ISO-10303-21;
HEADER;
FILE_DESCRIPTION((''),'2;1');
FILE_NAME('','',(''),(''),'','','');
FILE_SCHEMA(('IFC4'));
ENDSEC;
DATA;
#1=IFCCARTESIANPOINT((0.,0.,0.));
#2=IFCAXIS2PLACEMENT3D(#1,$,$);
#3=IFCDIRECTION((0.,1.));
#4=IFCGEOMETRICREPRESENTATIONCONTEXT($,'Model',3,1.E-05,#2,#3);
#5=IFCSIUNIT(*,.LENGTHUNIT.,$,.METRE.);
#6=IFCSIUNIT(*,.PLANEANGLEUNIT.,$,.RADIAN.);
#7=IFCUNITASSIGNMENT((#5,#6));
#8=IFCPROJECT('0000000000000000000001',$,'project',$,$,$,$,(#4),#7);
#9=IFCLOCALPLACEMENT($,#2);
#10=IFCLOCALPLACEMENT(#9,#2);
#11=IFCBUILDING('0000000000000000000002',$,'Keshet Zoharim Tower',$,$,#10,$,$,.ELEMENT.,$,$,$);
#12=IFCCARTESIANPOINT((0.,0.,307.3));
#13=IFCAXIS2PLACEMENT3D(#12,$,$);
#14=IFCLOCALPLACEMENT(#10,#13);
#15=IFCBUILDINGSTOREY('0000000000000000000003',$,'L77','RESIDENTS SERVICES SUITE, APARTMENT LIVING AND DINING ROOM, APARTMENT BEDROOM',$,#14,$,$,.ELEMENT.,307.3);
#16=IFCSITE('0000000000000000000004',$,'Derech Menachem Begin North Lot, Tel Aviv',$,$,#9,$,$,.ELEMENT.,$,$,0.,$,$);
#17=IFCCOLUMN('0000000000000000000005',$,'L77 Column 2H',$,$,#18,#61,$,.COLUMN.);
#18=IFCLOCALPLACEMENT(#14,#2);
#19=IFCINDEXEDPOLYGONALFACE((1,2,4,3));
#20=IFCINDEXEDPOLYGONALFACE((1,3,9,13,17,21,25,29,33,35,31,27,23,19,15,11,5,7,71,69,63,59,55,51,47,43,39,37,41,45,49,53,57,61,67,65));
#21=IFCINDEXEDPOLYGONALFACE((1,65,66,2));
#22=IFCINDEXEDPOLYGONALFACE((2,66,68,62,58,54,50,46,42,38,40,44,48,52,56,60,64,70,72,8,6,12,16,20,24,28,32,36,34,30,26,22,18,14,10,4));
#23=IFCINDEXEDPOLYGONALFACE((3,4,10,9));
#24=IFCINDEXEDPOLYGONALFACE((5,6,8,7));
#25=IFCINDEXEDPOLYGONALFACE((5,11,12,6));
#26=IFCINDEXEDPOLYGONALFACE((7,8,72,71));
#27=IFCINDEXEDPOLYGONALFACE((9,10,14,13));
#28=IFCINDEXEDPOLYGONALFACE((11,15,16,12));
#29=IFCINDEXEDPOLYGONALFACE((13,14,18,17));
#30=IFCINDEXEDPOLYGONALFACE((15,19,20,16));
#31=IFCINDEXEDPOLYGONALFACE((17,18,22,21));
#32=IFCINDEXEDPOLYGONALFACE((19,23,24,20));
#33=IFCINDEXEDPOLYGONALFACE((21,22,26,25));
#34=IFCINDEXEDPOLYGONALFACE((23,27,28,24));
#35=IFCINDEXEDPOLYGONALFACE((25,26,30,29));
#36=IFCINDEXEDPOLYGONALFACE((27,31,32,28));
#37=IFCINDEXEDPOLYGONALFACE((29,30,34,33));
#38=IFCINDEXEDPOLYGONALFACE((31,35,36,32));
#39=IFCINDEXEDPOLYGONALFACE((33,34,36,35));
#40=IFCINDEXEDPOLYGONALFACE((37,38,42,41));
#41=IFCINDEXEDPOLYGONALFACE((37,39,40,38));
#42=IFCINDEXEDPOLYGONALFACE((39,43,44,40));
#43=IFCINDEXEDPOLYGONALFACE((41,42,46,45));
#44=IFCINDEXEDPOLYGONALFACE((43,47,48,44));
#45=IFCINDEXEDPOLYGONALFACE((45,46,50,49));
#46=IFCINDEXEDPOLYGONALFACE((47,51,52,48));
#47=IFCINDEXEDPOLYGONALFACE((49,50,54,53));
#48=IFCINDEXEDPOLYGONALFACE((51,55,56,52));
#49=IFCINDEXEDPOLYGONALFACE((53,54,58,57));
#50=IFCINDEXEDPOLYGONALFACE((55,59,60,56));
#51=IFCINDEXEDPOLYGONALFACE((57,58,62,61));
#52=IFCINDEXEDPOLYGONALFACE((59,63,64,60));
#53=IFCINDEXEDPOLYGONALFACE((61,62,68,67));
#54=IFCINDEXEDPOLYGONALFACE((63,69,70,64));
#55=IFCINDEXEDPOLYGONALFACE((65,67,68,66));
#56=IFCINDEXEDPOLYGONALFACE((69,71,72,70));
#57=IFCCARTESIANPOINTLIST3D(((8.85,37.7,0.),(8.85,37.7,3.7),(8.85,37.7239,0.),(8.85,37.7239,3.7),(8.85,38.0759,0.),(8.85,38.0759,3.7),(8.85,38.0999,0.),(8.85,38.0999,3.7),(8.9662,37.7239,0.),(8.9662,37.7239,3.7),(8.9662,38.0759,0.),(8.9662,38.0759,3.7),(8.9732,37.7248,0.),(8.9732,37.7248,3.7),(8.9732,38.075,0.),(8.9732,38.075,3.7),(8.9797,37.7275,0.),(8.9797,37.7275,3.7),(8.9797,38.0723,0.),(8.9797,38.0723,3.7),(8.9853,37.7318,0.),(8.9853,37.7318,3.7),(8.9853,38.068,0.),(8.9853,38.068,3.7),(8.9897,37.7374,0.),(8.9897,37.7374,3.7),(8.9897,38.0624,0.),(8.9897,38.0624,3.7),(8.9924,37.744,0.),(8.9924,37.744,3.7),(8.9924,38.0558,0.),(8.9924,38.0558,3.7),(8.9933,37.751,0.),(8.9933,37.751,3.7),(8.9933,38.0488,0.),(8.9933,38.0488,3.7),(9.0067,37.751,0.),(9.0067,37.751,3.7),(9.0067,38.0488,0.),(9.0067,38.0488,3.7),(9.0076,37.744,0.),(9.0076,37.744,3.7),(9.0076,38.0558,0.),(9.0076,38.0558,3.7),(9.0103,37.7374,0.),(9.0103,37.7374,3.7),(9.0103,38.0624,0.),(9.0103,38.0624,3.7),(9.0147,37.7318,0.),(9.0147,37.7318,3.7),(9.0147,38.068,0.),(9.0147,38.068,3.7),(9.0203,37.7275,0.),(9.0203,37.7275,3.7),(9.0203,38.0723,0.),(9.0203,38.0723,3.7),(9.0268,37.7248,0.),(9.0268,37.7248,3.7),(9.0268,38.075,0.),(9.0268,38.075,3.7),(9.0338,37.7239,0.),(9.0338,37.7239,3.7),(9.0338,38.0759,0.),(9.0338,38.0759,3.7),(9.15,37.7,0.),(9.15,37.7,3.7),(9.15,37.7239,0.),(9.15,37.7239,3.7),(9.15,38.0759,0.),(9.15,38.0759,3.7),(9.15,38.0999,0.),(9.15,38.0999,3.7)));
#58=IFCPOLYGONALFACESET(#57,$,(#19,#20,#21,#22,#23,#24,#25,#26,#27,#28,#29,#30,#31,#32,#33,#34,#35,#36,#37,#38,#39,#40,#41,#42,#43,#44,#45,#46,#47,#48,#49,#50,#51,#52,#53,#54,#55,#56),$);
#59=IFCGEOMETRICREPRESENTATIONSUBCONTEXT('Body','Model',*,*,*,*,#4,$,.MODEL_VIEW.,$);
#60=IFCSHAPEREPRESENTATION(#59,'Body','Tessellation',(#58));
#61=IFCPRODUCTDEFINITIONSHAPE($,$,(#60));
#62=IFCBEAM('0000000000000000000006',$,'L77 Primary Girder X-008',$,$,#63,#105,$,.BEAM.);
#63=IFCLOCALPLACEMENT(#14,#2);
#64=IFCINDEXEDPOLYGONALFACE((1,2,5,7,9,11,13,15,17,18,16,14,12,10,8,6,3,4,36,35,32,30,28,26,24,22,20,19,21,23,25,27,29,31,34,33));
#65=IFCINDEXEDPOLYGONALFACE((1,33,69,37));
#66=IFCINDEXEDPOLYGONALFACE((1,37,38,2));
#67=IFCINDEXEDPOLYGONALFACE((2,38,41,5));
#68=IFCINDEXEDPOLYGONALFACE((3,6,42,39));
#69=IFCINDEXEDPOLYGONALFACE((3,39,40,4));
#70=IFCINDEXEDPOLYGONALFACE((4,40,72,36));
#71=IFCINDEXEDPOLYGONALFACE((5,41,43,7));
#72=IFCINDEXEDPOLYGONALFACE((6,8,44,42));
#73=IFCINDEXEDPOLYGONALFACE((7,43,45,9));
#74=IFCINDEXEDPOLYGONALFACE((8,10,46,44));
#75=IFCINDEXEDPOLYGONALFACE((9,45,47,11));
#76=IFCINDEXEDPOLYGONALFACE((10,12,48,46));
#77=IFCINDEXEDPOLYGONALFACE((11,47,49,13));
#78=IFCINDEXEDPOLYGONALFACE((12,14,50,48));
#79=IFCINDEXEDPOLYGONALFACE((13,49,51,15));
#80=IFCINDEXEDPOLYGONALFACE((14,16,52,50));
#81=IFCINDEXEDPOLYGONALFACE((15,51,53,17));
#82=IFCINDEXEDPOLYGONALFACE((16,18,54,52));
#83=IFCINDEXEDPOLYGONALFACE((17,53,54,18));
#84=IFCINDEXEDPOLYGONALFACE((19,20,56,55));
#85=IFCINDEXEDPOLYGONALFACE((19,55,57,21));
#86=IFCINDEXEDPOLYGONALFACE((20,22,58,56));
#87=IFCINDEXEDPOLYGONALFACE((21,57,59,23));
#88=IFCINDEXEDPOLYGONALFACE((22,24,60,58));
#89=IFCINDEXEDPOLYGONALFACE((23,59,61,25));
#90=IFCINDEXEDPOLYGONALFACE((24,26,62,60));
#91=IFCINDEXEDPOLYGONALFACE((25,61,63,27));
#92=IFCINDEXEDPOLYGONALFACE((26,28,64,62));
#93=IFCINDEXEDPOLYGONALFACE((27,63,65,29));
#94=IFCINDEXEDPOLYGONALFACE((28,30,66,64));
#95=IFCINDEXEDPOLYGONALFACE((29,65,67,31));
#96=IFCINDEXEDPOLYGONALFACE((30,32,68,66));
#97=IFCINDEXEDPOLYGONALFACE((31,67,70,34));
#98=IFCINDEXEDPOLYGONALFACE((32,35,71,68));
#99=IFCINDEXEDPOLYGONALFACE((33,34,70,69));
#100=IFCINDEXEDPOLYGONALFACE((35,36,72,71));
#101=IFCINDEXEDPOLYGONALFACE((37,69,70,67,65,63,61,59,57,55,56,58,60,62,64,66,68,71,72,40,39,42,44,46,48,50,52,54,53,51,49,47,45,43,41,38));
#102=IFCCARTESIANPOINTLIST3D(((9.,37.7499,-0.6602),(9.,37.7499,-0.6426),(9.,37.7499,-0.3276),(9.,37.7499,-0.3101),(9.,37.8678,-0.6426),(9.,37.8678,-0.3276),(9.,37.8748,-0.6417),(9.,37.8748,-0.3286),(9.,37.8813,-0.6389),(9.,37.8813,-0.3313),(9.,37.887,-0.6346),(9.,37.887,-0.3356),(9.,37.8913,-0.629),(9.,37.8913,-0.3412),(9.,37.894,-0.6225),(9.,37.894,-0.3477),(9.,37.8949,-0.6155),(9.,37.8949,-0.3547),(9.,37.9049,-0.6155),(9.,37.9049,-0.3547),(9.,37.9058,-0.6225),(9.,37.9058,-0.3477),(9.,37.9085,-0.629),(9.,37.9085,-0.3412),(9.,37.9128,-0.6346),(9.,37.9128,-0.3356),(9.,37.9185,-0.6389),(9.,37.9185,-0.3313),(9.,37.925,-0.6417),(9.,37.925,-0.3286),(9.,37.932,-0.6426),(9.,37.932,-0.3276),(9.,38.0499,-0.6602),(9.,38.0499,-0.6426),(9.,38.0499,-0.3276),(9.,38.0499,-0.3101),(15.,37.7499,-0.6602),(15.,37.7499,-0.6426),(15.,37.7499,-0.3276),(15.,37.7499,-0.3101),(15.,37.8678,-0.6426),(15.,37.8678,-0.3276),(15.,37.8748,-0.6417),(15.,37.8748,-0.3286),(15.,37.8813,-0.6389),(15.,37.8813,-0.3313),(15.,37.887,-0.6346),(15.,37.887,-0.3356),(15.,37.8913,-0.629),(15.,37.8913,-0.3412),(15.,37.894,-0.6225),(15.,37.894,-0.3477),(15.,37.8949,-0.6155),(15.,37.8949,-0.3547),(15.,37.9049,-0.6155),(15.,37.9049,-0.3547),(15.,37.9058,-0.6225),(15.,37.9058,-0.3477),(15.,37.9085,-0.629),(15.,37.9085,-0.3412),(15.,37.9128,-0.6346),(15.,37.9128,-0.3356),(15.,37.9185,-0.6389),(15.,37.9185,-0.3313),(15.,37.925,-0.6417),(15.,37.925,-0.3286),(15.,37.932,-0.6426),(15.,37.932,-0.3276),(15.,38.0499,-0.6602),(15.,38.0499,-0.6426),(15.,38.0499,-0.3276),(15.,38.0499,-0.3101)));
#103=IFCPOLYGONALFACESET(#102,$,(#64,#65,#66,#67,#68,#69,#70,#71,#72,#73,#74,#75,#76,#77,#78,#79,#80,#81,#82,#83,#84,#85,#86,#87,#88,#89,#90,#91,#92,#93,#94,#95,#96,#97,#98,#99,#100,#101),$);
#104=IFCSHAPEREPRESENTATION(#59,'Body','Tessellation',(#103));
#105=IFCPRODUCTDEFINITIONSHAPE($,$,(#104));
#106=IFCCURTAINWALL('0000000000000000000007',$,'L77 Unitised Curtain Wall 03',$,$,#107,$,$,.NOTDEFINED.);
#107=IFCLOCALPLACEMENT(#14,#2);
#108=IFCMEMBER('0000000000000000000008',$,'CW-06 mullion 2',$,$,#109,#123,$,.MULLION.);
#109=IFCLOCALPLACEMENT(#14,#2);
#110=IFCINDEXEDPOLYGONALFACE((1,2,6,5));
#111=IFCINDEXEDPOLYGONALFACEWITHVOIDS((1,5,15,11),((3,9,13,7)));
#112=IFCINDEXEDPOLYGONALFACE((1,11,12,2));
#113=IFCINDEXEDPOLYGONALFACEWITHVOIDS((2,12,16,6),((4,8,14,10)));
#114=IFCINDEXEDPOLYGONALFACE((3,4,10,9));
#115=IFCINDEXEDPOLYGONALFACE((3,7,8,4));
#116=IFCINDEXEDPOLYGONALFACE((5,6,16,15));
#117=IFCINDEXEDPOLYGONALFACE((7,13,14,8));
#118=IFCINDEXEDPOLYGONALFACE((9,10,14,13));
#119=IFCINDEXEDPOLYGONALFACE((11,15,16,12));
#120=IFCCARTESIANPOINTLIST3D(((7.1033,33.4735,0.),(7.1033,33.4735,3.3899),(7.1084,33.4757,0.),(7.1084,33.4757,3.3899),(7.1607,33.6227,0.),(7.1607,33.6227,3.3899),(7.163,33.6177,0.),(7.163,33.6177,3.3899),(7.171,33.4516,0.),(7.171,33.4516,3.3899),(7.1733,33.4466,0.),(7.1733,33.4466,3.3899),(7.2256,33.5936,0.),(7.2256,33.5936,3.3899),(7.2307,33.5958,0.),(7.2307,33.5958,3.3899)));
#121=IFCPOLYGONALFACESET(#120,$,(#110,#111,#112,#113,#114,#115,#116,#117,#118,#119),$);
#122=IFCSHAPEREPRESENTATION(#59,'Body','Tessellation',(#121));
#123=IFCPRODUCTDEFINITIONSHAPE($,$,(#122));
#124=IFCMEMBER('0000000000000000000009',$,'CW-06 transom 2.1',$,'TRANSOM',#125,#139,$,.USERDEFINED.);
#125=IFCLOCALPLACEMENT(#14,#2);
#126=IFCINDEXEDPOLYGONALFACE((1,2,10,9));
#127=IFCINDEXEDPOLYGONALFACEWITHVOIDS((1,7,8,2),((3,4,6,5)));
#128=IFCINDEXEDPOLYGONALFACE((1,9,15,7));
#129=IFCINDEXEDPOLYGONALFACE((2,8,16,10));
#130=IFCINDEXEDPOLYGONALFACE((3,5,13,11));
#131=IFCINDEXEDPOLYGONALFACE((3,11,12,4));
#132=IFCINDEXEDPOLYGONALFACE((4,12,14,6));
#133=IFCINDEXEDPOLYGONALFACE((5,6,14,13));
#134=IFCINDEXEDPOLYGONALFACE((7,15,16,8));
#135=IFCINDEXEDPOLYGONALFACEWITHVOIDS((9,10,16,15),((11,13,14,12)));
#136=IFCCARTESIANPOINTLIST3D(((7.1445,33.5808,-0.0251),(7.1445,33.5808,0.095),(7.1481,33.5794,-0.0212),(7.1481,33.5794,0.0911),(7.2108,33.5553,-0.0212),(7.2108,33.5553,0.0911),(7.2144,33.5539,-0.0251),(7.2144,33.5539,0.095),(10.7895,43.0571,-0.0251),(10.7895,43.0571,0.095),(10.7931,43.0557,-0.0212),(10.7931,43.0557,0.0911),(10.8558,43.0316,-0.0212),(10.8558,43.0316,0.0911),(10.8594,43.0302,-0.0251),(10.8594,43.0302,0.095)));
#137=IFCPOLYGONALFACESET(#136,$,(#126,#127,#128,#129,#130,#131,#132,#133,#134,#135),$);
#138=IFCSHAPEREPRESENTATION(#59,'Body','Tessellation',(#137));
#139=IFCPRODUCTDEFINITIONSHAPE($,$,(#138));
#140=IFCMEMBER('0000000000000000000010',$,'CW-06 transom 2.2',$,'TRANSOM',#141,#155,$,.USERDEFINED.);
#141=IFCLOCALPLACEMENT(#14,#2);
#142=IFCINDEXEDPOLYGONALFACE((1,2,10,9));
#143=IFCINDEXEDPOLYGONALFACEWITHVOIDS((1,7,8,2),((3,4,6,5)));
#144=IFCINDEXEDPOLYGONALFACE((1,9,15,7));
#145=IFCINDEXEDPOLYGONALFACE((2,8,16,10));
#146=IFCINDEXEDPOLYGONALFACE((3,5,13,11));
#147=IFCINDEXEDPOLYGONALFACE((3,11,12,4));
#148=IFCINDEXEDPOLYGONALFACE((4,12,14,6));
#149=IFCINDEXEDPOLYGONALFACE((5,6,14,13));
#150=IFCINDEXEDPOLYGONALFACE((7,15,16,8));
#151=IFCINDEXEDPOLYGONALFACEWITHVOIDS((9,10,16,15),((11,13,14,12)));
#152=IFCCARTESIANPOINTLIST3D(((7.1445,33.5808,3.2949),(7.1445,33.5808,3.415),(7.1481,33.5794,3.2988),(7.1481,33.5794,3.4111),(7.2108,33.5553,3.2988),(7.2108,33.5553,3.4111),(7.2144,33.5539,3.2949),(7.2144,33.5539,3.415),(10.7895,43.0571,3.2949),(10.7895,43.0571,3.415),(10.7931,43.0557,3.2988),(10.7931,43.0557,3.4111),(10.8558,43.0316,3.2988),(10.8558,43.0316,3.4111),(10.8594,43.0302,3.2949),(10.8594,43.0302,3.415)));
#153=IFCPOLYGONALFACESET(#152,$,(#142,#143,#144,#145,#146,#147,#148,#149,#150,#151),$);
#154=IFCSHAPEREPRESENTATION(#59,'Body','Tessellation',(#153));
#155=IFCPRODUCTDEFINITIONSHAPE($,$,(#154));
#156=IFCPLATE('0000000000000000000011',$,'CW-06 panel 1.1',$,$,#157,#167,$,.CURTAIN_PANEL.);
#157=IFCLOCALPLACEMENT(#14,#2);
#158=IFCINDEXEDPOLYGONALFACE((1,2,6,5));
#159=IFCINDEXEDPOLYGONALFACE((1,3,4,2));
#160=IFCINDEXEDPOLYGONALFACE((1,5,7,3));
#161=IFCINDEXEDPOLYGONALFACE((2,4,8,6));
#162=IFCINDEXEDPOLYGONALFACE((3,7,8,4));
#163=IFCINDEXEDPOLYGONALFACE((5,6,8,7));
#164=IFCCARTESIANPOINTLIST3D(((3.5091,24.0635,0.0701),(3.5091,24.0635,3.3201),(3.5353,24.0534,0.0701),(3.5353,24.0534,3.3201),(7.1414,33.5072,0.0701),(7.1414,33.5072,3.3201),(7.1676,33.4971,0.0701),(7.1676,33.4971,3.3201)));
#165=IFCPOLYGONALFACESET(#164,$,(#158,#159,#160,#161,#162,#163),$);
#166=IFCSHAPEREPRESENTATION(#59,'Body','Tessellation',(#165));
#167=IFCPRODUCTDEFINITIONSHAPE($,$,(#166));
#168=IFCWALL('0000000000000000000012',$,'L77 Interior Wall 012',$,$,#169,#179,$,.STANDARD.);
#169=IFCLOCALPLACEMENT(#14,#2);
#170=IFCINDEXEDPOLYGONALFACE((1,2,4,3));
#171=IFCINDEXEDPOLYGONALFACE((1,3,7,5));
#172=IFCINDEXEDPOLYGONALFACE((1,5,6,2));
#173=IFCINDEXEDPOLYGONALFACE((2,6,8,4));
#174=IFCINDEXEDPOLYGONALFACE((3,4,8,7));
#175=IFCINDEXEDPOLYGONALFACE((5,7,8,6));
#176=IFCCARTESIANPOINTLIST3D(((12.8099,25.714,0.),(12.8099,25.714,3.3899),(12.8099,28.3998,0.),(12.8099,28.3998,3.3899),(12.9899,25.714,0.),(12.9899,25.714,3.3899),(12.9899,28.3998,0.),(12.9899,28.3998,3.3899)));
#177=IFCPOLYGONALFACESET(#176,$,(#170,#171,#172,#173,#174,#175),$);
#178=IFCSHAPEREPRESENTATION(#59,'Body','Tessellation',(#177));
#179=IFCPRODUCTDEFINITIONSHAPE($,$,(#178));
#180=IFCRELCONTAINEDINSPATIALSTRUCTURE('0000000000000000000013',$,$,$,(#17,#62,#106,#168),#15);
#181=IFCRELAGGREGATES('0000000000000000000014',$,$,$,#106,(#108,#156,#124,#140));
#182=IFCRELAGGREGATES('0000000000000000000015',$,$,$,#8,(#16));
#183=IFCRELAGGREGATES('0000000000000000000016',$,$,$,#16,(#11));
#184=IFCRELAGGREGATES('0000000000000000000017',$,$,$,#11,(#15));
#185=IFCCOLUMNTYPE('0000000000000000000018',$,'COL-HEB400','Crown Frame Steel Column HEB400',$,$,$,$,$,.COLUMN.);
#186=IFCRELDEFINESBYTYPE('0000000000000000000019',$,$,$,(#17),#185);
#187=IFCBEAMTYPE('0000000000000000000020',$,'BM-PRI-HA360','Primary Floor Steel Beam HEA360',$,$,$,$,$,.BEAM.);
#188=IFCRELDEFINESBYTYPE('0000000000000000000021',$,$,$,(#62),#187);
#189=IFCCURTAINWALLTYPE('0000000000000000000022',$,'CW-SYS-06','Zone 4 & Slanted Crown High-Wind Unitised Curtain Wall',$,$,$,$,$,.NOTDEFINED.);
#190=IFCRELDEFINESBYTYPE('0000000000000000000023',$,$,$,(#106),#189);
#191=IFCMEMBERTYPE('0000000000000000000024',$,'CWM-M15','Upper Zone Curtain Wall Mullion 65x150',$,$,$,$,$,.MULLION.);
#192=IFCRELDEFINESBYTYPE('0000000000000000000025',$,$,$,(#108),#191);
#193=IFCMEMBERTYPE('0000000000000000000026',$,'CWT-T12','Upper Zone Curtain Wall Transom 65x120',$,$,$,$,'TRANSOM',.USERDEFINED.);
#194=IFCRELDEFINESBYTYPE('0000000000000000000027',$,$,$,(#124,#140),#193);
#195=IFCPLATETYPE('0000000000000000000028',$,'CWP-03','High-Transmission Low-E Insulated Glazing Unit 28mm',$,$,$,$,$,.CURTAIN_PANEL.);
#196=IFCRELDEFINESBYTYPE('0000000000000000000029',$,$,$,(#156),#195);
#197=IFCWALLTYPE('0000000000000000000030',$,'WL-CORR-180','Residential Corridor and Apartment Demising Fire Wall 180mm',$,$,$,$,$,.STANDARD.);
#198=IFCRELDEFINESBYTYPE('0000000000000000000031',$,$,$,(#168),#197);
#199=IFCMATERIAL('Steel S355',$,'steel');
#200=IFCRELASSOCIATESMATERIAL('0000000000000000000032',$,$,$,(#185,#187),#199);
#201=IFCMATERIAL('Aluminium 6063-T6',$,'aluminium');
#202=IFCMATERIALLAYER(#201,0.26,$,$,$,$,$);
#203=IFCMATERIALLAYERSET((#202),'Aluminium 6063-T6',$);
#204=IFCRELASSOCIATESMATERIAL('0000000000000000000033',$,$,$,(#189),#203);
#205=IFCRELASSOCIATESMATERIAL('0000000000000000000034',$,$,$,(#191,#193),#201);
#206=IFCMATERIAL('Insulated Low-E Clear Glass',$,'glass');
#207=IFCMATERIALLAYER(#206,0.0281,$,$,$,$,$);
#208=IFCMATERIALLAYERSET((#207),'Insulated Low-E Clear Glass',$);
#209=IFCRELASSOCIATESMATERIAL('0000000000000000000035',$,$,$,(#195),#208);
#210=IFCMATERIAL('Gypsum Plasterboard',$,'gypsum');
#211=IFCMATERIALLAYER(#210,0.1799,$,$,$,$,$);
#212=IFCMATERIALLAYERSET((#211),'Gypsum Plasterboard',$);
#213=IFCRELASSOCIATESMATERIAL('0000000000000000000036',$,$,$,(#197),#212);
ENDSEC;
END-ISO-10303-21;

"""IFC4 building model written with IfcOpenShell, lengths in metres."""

from ifc_helpers import new_model, si_unit, direction, frame, frame_2d, origin, origin_2d, place, context, subcontext, project, spatial, rectangle, hollow_rectangle, i_section, extrude, material, layer, layer_set, material_profile, profile_set, type_object, element, aggregate, save


model = new_model("IFC4")

# Units and contexts
model_context = context("Model", 3, precision=1e-05, world=origin(), true_north=direction((0.0, 1.0)))
body_context = subcontext(model_context, "Body", "Model", "MODEL_VIEW")
ifc_project = project(units=[si_unit("LENGTHUNIT", "METRE"), si_unit("PLANEANGLEUNIT", "RADIAN")], contexts=[model_context])

# Site, building, storey
site_placement = place(None, origin())
site = spatial("IfcSite", under=ifc_project, at=site_placement, Name="Derech Menachem Begin North Lot, Tel Aviv", CompositionType="ELEMENT", RefElevation=0.0)
building_placement = place(site_placement, origin())
building = spatial("IfcBuilding", under=site, at=building_placement, Name="Keshet Zoharim Tower", CompositionType="ELEMENT")
storey_placement = place(building_placement, frame((0.0, 0.0, 307.3)))
storey = spatial("IfcBuildingStorey", under=building, at=storey_placement, Name="L77", Description="RESIDENTS SERVICES SUITE, APARTMENT LIVING AND DINING ROOM, APARTMENT BEDROOM", CompositionType="ELEMENT", Elevation=307.3)

# Column
ifc_material_1 = material(Name="Steel S355", Category="steel")
ifc_material_profile_1 = material_profile(ifc_material_1, i_section(OverallWidth=0.3, OverallDepth=0.3999, WebThickness=0.0134, FlangeThickness=0.0239, FilletRadius=0.0271, at=origin_2d()), Name="HEB400")
ifc_profile_set_1 = profile_set([ifc_material_profile_1], Name="Steel S355")
column_type = type_object("IfcColumnType", Name="COL-HEB400", Description="Crown Frame Steel Column HEB400", PredefinedType="COLUMN", material=ifc_profile_set_1)
column_placement = place(storey_placement, frame((9.0, 37.8999, 0.0), z_axis=(0.0, 0.0, 1.0), x_axis=(1.0, 0.0, 0.0)))
element("IfcColumn", 1, at=column_placement, inside=storey, type_object=column_type, Name="L77 Column 2H", PredefinedType="COLUMN", context=body_context, shape_type="SweptSolid", body=[
    extrude(i_section(OverallWidth=0.3, OverallDepth=0.3999, WebThickness=0.0134, FlangeThickness=0.0239, FilletRadius=0.0271, at=origin_2d()), origin(), (0.0, 0.0, 1.0), 3.7),
])

# Beam
ifc_material_profile_2 = material_profile(ifc_material_1, i_section(OverallWidth=0.3, OverallDepth=0.3501, WebThickness=0.01, FlangeThickness=0.0176, FilletRadius=0.0271, at=origin_2d()), Name="HEA360")
ifc_profile_set_2 = profile_set([ifc_material_profile_2], Name="Steel S355")
beam_type = type_object("IfcBeamType", Name="BM-PRI-HA360", Description="Primary Floor Steel Beam HEA360", PredefinedType="BEAM", material=ifc_profile_set_2)
beam_placement = place(storey_placement, frame((9.0, 37.8999, -0.4851), z_axis=(1.0, 0.0, 0.0), x_axis=(0.0, 1.0, 0.0)))
element("IfcBeam", 2, at=beam_placement, inside=storey, type_object=beam_type, Name="L77 Primary Girder X-008", PredefinedType="BEAM", context=body_context, shape_type="SweptSolid", body=[
    extrude(i_section(OverallWidth=0.3, OverallDepth=0.3501, WebThickness=0.01, FlangeThickness=0.0176, FilletRadius=0.0271, at=origin_2d()), origin(), (0.0, 0.0, 1.0), 6.0),
])

# Curtain wall, members, plate
ifc_material_2 = material(Name="Aluminium 6063-T6", Category="aluminium")
ifc_layer_1 = layer(ifc_material_2, 0.26)
ifc_layer_set_1 = layer_set([ifc_layer_1], Name="Aluminium 6063-T6")
curtain_wall_type = type_object("IfcCurtainWallType", Name="CW-SYS-06", Description="Zone 4 & Slanted Crown High-Wind Unitised Curtain Wall", PredefinedType="NOTDEFINED", material=ifc_layer_set_1)
curtain_wall_placement = place(storey_placement, origin())
curtain_wall = element("IfcCurtainWall", 3, at=curtain_wall_placement, inside=storey, type_object=curtain_wall_type, Name="L77 Unitised Curtain Wall 03", PredefinedType="NOTDEFINED")
ifc_material_profile_3 = material_profile(ifc_material_2, hollow_rectangle(XDim=0.075, YDim=0.1599, WallThickness=0.0039, at=origin_2d()), Name="MUL-75x160")
ifc_profile_set_3 = profile_set([ifc_material_profile_3], Name="Aluminium 6063-T6")
member_type_1 = type_object("IfcMemberType", Name="CWM-M15", Description="Upper Zone Curtain Wall Mullion 65x150", PredefinedType="MULLION", material=ifc_profile_set_3)
member_1_placement = place(storey_placement, frame((7.167, 33.5347, 0.0), z_axis=(0.0, 0.0, 1.0), x_axis=(-0.933341, 0.35899, 0.0)))
member_1 = element("IfcMember", 4, at=member_1_placement, type_object=member_type_1, Name="CW-06 mullion 2", PredefinedType="MULLION", context=body_context, shape_type="SweptSolid", body=[
    extrude(hollow_rectangle(XDim=0.075, YDim=0.1599, WallThickness=0.0039, at=origin_2d()), origin(), (0.0, 0.0, 1.0), 3.3899),
])
ifc_material_profile_4 = material_profile(ifc_material_2, hollow_rectangle(XDim=0.075, YDim=0.1201, WallThickness=0.0039, at=origin_2d()), Name="TRN-75x120")
ifc_profile_set_4 = profile_set([ifc_material_profile_4], Name="Aluminium 6063-T6")
member_type_2 = type_object("IfcMemberType", Name="CWT-T12", Description="Upper Zone Curtain Wall Transom 65x120", ElementType="TRANSOM", PredefinedType="USERDEFINED", material=ifc_profile_set_4)
member_2_placement = place(storey_placement, frame((7.1794, 33.5674, 0.0349), z_axis=(0.359003, 0.933336, 0.0), x_axis=(-0.933336, 0.359003, 0.0)))
member_2 = element("IfcMember", 5, at=member_2_placement, type_object=member_type_2, Name="CW-06 transom 2.1", ObjectType="TRANSOM", PredefinedType="USERDEFINED", context=body_context, shape_type="SweptSolid", body=[
    extrude(hollow_rectangle(XDim=0.075, YDim=0.1201, WallThickness=0.0039, at=origin_2d()), origin(), (0.0, 0.0, 1.0), 10.1531),
])
member_3_placement = place(storey_placement, frame((7.1794, 33.5674, 3.355), z_axis=(0.359003, 0.933336, 0.0), x_axis=(-0.933336, 0.359003, 0.0)))
member_3 = element("IfcMember", 6, at=member_3_placement, type_object=member_type_2, Name="CW-06 transom 2.2", ObjectType="TRANSOM", PredefinedType="USERDEFINED", context=body_context, shape_type="SweptSolid", body=[
    extrude(hollow_rectangle(XDim=0.075, YDim=0.1201, WallThickness=0.0039, at=origin_2d()), origin(), (0.0, 0.0, 1.0), 10.1531),
])
ifc_material_3 = material(Name="Insulated Low-E Clear Glass", Category="glass")
ifc_layer_2 = layer(ifc_material_3, 0.0281)
ifc_layer_set_2 = layer_set([ifc_layer_2], Name="Insulated Low-E Clear Glass")
plate_type = type_object("IfcPlateType", Name="CWP-03", Description="High-Transmission Low-E Insulated Glazing Unit 28mm", PredefinedType="CURTAIN_PANEL", material=ifc_layer_set_2)
plate_placement = place(storey_placement, frame((5.3384, 28.7803, 0.0701), z_axis=(0.0, 0.0, 1.0), x_axis=(0.35899, 0.933341, 0.0)))
plate = element("IfcPlate", 7, at=plate_placement, type_object=plate_type, Name="CW-06 panel 1.1", PredefinedType="CURTAIN_PANEL", context=body_context, shape_type="SweptSolid", body=[
    extrude(rectangle(XDim=10.1182, YDim=0.0281, at=origin_2d()), origin(), (0.0, 0.0, 1.0), 3.25),
])
aggregate(curtain_wall, [member_1, plate, member_2, member_3])

# Wall
ifc_material_4 = material(Name="Gypsum Plasterboard", Category="gypsum")
ifc_layer_3 = layer(ifc_material_4, 0.1799)
ifc_layer_set_3 = layer_set([ifc_layer_3], Name="Gypsum Plasterboard")
wall_type_1 = type_object("IfcWallType", Name="WL-CORR-180", Description="Residential Corridor and Apartment Demising Fire Wall 180mm", PredefinedType="STANDARD", material=ifc_layer_set_3)
wall_1_placement = place(storey_placement, frame((12.8999, 25.7141, 0.0), z_axis=(0.0, 0.0, 1.0), x_axis=(0.0, 1.0, 0.0)))
element("IfcWall", 8, at=wall_1_placement, inside=storey, type_object=wall_type_1, Name="L77 Interior Wall 012", PredefinedType="STANDARD", context=body_context, shape_type="SweptSolid", body=[
    extrude(rectangle(XDim=2.6858, YDim=0.1799, at=frame_2d((1.3428, 0.0))), origin(), (0.0, 0.0, 1.0), 3.3899),
])

save(model, "model.ifc")
